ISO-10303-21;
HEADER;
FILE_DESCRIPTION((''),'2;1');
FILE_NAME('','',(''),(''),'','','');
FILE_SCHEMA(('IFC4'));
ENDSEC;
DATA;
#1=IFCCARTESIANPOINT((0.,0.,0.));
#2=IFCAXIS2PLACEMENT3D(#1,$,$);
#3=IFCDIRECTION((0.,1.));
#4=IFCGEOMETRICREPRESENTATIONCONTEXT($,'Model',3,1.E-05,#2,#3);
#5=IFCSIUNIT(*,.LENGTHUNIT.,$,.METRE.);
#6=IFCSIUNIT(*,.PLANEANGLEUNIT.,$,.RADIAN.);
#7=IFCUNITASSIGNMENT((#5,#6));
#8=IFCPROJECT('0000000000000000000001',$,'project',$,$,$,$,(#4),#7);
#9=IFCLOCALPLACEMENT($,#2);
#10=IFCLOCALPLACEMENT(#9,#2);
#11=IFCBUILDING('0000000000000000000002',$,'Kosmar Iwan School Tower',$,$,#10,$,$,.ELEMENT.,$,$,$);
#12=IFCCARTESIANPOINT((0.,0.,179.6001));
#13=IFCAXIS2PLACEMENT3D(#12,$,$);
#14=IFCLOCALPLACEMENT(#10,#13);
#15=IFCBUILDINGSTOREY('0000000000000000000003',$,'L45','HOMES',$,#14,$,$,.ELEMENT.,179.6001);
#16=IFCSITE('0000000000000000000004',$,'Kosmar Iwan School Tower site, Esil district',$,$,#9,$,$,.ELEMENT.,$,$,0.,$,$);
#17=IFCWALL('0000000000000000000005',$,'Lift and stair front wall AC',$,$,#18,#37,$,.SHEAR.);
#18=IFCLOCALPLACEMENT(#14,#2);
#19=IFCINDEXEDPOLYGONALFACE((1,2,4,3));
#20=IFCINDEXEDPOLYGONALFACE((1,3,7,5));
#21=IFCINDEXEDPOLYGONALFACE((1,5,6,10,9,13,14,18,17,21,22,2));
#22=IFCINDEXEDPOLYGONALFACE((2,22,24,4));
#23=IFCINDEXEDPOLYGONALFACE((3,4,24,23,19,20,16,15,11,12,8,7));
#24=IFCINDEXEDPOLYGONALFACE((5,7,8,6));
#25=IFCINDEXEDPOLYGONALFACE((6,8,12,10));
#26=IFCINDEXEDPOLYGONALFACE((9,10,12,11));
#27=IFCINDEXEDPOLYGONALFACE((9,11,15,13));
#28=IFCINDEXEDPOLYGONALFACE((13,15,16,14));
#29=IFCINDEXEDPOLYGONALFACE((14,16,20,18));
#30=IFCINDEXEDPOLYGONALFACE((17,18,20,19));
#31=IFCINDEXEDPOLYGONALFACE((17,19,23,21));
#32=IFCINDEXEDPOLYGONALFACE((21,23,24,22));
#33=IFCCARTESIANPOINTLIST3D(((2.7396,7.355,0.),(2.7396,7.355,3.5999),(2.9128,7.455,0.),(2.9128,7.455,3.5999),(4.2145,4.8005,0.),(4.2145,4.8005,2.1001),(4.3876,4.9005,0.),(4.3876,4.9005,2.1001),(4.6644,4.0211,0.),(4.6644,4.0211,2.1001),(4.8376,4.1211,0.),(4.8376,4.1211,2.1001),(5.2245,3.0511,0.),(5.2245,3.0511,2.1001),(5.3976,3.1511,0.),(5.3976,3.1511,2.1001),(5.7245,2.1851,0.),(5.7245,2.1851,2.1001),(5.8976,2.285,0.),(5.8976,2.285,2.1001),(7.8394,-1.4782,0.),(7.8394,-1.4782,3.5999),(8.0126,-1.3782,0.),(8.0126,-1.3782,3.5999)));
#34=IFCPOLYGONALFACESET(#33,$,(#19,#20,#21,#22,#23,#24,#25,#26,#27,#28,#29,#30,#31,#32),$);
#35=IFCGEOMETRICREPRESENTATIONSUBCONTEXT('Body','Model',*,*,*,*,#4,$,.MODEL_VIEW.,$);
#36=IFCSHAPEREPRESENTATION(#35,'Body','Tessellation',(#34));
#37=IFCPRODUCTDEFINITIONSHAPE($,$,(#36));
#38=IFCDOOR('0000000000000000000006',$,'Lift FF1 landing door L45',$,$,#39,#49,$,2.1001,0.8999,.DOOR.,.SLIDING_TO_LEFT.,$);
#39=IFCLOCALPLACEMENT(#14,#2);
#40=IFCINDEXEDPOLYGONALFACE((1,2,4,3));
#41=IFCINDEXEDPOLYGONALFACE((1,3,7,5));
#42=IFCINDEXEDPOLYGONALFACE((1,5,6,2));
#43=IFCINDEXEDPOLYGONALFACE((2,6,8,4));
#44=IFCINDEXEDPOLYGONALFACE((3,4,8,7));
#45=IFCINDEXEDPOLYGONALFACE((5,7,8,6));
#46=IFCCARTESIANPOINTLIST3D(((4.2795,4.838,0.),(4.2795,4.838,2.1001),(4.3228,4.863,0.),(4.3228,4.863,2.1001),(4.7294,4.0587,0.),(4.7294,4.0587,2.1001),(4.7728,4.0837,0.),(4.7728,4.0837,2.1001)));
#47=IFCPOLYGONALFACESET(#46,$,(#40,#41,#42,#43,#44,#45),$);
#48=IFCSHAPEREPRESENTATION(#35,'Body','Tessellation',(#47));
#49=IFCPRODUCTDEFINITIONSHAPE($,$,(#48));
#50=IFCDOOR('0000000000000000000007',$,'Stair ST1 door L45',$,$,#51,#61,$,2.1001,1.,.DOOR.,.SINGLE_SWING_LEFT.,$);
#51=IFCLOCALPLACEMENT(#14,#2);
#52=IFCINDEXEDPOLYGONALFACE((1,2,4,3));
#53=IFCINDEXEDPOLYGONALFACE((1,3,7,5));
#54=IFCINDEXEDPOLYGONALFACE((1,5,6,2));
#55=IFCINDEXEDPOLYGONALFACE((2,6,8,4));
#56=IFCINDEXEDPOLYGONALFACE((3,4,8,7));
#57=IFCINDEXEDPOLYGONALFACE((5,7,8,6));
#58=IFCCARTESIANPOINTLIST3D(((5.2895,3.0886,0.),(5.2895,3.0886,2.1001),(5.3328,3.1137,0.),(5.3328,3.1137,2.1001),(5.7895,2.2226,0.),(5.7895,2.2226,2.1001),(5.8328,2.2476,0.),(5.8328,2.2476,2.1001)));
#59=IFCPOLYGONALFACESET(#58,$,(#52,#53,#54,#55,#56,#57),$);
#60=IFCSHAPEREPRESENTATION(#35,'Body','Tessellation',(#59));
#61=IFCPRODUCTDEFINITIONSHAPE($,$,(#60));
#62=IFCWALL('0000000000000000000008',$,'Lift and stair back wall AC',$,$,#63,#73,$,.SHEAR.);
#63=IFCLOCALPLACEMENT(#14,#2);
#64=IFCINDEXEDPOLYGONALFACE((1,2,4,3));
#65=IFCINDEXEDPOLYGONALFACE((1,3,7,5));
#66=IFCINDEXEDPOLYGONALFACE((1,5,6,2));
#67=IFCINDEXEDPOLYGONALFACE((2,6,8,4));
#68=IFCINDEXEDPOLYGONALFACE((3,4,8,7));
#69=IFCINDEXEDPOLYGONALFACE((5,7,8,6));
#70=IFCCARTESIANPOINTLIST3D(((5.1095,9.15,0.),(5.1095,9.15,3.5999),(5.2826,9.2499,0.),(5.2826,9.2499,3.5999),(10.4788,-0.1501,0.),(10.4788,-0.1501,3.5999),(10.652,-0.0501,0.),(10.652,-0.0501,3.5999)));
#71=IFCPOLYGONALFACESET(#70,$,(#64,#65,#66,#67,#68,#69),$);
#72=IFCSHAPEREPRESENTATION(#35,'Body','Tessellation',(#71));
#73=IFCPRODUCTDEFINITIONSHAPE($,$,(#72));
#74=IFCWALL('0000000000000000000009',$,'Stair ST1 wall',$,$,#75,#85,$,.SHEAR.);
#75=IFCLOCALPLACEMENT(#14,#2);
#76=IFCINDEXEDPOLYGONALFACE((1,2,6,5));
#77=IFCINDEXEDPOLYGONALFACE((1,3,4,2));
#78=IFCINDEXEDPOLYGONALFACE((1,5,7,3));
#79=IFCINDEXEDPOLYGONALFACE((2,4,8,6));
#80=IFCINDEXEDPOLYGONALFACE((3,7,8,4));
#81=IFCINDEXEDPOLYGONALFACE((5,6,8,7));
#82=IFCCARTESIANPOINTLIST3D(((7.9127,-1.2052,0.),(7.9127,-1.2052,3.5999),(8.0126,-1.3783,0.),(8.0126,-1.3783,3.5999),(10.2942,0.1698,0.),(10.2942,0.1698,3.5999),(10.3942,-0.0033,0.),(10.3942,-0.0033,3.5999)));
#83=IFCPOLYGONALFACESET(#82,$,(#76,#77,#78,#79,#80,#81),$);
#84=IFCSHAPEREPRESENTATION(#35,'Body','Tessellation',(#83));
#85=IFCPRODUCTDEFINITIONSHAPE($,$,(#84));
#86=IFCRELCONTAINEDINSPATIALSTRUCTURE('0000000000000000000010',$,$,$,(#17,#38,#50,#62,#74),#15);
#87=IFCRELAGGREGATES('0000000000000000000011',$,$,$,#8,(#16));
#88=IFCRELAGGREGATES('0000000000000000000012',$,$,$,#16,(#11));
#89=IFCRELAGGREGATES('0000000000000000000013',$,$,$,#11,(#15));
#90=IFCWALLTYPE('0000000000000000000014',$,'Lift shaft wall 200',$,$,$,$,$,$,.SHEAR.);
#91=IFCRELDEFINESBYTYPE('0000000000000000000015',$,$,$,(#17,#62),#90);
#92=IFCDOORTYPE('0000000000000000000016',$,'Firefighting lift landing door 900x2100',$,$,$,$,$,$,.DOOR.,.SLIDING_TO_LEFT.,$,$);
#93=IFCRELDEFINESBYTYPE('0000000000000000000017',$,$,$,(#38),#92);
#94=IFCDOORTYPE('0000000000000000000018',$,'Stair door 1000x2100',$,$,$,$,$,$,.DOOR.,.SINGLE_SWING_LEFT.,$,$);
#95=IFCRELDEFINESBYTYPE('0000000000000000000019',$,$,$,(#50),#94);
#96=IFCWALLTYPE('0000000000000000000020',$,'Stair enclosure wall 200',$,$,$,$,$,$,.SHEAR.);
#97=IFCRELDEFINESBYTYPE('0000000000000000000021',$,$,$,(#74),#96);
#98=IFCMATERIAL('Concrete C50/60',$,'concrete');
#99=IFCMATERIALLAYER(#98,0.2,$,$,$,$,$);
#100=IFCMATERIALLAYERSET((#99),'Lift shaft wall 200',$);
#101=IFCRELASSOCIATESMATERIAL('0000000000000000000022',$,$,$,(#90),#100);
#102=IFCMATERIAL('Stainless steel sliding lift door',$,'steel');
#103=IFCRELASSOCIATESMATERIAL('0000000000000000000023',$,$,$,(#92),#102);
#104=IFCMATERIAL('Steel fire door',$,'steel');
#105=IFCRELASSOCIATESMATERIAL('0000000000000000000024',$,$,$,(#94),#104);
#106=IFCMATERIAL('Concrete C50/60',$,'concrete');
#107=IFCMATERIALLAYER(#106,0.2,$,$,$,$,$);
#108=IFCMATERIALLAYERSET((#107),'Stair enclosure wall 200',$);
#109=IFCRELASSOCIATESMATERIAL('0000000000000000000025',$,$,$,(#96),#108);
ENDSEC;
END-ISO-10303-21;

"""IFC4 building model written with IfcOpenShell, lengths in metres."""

from ifc_helpers import new_model, si_unit, direction, frame, frame_2d, origin, place, context, subcontext, project, spatial, rectangle, extrude, material, layer, layer_set, type_object, element, fill, save


model = new_model("IFC4")

# Units and contexts
model_context = context("Model", 3, precision=1e-05, world=origin(), true_north=direction((0.0, 1.0)))
body_context = subcontext(model_context, "Body", "Model", "MODEL_VIEW")
ifc_project = project(units=[si_unit("LENGTHUNIT", "METRE"), si_unit("PLANEANGLEUNIT", "RADIAN")], contexts=[model_context])

# Site, building, storey
site_placement = place(None, origin())
site = spatial("IfcSite", under=ifc_project, at=site_placement, Name="Kosmar Iwan School Tower site, Esil district", CompositionType="ELEMENT", RefElevation=0.0)
building_placement = place(site_placement, origin())
building = spatial("IfcBuilding", under=site, at=building_placement, Name="Kosmar Iwan School Tower", CompositionType="ELEMENT")
storey_placement = place(building_placement, frame((0.0, 0.0, 179.6001)))
storey = spatial("IfcBuildingStorey", under=building, at=storey_placement, Name="L45", Description="HOMES", CompositionType="ELEMENT", Elevation=179.6001)

# Wall, openings, doors
ifc_material_1 = material(Name="Concrete C50/60", Category="concrete")
ifc_layer_1 = layer(ifc_material_1, 0.2)
ifc_layer_set_1 = layer_set([ifc_layer_1], Name="Lift shaft wall 200")
wall_type_1 = type_object("IfcWallType", Name="Lift shaft wall 200", PredefinedType="SHEAR", material=ifc_layer_set_1)
wall_1_placement = place(storey_placement, frame((7.926, -1.4282, 0.0), z_axis=(0.0, 0.0, 1.0), x_axis=(-0.499998, 0.866027, 0.0)))
wall_1 = element("IfcWall", 1, at=wall_1_placement, inside=storey, type_object=wall_type_1, Name="Lift and stair front wall AC", PredefinedType="SHEAR", context=body_context, shape_type="SweptSolid", body=[
    extrude(rectangle(XDim=10.1997, YDim=0.2, at=frame_2d((5.0999, 0.0))), origin(), (0.0, 0.0, 1.0), 3.5999),
])
opening_1_placement = place(wall_1_placement, frame((6.3501, 0.0, 0.0)))
opening_1 = element("IfcOpeningElement", 2, at=opening_1_placement, cuts=wall_1, PredefinedType="OPENING", context=body_context, shape_type="SweptSolid", body=[
    extrude(rectangle(XDim=0.8999, YDim=2.1001, at=frame_2d((0.45, 1.05))), frame((0.0, 0.1121, 0.0), z_axis=(0.0, -1.0, 0.0), x_axis=(1.0, 0.0, 0.0)), (0.0, 0.0, 1.0), 0.2239),
])
opening_2_placement = place(wall_1_placement, frame((4.23, 0.0, 0.0)))
opening_2 = element("IfcOpeningElement", 3, at=opening_2_placement, cuts=wall_1, PredefinedType="OPENING", context=body_context, shape_type="SweptSolid", body=[
    extrude(rectangle(XDim=1.0, YDim=2.1001, at=frame_2d((0.5, 1.05))), frame((0.0, 0.1121, 0.0), z_axis=(0.0, -1.0, 0.0), x_axis=(1.0, 0.0, 0.0)), (0.0, 0.0, 1.0), 0.2239),
])
ifc_material_2 = material(Name="Stainless steel sliding lift door", Category="steel")
door_type_1 = type_object("IfcDoorType", Name="Firefighting lift landing door 900x2100", OperationType="SLIDING_TO_LEFT", PredefinedType="DOOR", material=ifc_material_2)
door_1_placement = place(opening_1_placement, origin())
door_1 = element("IfcDoor", 4, at=door_1_placement, inside=storey, type_object=door_type_1, Name="Lift FF1 landing door L45", OperationType="SLIDING_TO_LEFT", OverallHeight=2.1001, OverallWidth=0.8999, PredefinedType="DOOR", context=body_context, shape_type="SweptSolid", body=[
    extrude(rectangle(XDim=0.8999, YDim=2.1001, at=frame_2d((0.45, 1.05))), frame((0.0, 0.0249, 0.0), z_axis=(0.0, -1.0, 0.0), x_axis=(1.0, 0.0, 0.0)), (0.0, 0.0, 1.0), 0.05),
])
fill(opening_1, door_1)
ifc_material_3 = material(Name="Steel fire door", Category="steel")
door_type_2 = type_object("IfcDoorType", Name="Stair door 1000x2100", OperationType="SINGLE_SWING_LEFT", PredefinedType="DOOR", material=ifc_material_3)
door_2_placement = place(opening_2_placement, origin())
door_2 = element("IfcDoor", 5, at=door_2_placement, inside=storey, type_object=door_type_2, Name="Stair ST1 door L45", OperationType="SINGLE_SWING_LEFT", OverallHeight=2.1001, OverallWidth=1.0, PredefinedType="DOOR", context=body_context, shape_type="SweptSolid", body=[
    extrude(rectangle(XDim=1.0, YDim=2.1001, at=frame_2d((0.5, 1.05))), frame((0.0, 0.0249, 0.0), z_axis=(0.0, -1.0, 0.0), x_axis=(1.0, 0.0, 0.0)), (0.0, 0.0, 1.0), 0.05),
])
fill(opening_2, door_2)

# Walls
wall_2_placement = place(storey_placement, frame((10.5654, -0.1001, 0.0), z_axis=(0.0, 0.0, 1.0), x_axis=(-0.5, 0.866025, 0.0)))
element("IfcWall", 6, at=wall_2_placement, inside=storey, type_object=wall_type_1, Name="Lift and stair back wall AC", PredefinedType="SHEAR", context=body_context, shape_type="SweptSolid", body=[
    extrude(rectangle(XDim=10.7388, YDim=0.2, at=frame_2d((5.3694, 0.0))), origin(), (0.0, 0.0, 1.0), 3.5999),
])
ifc_material_4 = material(Name="Concrete C50/60", Category="concrete")
ifc_layer_2 = layer(ifc_material_4, 0.2)
ifc_layer_set_2 = layer_set([ifc_layer_2], Name="Stair enclosure wall 200")
wall_type_2 = type_object("IfcWallType", Name="Stair enclosure wall 200", PredefinedType="SHEAR", material=ifc_layer_set_2)
wall_3_placement = place(storey_placement, frame((7.9626, -1.2917, 0.0), z_axis=(0.0, 0.0, 1.0), x_axis=(0.866027, 0.499997, 0.0)))
element("IfcWall", 7, at=wall_3_placement, inside=storey, type_object=wall_type_2, Name="Stair ST1 wall", PredefinedType="SHEAR", context=body_context, shape_type="SweptSolid", body=[
    extrude(rectangle(XDim=2.75, YDim=0.2, at=frame_2d((1.375, 0.0))), origin(), (0.0, 0.0, 1.0), 3.5999),
])

save(model, "model.ifc")
